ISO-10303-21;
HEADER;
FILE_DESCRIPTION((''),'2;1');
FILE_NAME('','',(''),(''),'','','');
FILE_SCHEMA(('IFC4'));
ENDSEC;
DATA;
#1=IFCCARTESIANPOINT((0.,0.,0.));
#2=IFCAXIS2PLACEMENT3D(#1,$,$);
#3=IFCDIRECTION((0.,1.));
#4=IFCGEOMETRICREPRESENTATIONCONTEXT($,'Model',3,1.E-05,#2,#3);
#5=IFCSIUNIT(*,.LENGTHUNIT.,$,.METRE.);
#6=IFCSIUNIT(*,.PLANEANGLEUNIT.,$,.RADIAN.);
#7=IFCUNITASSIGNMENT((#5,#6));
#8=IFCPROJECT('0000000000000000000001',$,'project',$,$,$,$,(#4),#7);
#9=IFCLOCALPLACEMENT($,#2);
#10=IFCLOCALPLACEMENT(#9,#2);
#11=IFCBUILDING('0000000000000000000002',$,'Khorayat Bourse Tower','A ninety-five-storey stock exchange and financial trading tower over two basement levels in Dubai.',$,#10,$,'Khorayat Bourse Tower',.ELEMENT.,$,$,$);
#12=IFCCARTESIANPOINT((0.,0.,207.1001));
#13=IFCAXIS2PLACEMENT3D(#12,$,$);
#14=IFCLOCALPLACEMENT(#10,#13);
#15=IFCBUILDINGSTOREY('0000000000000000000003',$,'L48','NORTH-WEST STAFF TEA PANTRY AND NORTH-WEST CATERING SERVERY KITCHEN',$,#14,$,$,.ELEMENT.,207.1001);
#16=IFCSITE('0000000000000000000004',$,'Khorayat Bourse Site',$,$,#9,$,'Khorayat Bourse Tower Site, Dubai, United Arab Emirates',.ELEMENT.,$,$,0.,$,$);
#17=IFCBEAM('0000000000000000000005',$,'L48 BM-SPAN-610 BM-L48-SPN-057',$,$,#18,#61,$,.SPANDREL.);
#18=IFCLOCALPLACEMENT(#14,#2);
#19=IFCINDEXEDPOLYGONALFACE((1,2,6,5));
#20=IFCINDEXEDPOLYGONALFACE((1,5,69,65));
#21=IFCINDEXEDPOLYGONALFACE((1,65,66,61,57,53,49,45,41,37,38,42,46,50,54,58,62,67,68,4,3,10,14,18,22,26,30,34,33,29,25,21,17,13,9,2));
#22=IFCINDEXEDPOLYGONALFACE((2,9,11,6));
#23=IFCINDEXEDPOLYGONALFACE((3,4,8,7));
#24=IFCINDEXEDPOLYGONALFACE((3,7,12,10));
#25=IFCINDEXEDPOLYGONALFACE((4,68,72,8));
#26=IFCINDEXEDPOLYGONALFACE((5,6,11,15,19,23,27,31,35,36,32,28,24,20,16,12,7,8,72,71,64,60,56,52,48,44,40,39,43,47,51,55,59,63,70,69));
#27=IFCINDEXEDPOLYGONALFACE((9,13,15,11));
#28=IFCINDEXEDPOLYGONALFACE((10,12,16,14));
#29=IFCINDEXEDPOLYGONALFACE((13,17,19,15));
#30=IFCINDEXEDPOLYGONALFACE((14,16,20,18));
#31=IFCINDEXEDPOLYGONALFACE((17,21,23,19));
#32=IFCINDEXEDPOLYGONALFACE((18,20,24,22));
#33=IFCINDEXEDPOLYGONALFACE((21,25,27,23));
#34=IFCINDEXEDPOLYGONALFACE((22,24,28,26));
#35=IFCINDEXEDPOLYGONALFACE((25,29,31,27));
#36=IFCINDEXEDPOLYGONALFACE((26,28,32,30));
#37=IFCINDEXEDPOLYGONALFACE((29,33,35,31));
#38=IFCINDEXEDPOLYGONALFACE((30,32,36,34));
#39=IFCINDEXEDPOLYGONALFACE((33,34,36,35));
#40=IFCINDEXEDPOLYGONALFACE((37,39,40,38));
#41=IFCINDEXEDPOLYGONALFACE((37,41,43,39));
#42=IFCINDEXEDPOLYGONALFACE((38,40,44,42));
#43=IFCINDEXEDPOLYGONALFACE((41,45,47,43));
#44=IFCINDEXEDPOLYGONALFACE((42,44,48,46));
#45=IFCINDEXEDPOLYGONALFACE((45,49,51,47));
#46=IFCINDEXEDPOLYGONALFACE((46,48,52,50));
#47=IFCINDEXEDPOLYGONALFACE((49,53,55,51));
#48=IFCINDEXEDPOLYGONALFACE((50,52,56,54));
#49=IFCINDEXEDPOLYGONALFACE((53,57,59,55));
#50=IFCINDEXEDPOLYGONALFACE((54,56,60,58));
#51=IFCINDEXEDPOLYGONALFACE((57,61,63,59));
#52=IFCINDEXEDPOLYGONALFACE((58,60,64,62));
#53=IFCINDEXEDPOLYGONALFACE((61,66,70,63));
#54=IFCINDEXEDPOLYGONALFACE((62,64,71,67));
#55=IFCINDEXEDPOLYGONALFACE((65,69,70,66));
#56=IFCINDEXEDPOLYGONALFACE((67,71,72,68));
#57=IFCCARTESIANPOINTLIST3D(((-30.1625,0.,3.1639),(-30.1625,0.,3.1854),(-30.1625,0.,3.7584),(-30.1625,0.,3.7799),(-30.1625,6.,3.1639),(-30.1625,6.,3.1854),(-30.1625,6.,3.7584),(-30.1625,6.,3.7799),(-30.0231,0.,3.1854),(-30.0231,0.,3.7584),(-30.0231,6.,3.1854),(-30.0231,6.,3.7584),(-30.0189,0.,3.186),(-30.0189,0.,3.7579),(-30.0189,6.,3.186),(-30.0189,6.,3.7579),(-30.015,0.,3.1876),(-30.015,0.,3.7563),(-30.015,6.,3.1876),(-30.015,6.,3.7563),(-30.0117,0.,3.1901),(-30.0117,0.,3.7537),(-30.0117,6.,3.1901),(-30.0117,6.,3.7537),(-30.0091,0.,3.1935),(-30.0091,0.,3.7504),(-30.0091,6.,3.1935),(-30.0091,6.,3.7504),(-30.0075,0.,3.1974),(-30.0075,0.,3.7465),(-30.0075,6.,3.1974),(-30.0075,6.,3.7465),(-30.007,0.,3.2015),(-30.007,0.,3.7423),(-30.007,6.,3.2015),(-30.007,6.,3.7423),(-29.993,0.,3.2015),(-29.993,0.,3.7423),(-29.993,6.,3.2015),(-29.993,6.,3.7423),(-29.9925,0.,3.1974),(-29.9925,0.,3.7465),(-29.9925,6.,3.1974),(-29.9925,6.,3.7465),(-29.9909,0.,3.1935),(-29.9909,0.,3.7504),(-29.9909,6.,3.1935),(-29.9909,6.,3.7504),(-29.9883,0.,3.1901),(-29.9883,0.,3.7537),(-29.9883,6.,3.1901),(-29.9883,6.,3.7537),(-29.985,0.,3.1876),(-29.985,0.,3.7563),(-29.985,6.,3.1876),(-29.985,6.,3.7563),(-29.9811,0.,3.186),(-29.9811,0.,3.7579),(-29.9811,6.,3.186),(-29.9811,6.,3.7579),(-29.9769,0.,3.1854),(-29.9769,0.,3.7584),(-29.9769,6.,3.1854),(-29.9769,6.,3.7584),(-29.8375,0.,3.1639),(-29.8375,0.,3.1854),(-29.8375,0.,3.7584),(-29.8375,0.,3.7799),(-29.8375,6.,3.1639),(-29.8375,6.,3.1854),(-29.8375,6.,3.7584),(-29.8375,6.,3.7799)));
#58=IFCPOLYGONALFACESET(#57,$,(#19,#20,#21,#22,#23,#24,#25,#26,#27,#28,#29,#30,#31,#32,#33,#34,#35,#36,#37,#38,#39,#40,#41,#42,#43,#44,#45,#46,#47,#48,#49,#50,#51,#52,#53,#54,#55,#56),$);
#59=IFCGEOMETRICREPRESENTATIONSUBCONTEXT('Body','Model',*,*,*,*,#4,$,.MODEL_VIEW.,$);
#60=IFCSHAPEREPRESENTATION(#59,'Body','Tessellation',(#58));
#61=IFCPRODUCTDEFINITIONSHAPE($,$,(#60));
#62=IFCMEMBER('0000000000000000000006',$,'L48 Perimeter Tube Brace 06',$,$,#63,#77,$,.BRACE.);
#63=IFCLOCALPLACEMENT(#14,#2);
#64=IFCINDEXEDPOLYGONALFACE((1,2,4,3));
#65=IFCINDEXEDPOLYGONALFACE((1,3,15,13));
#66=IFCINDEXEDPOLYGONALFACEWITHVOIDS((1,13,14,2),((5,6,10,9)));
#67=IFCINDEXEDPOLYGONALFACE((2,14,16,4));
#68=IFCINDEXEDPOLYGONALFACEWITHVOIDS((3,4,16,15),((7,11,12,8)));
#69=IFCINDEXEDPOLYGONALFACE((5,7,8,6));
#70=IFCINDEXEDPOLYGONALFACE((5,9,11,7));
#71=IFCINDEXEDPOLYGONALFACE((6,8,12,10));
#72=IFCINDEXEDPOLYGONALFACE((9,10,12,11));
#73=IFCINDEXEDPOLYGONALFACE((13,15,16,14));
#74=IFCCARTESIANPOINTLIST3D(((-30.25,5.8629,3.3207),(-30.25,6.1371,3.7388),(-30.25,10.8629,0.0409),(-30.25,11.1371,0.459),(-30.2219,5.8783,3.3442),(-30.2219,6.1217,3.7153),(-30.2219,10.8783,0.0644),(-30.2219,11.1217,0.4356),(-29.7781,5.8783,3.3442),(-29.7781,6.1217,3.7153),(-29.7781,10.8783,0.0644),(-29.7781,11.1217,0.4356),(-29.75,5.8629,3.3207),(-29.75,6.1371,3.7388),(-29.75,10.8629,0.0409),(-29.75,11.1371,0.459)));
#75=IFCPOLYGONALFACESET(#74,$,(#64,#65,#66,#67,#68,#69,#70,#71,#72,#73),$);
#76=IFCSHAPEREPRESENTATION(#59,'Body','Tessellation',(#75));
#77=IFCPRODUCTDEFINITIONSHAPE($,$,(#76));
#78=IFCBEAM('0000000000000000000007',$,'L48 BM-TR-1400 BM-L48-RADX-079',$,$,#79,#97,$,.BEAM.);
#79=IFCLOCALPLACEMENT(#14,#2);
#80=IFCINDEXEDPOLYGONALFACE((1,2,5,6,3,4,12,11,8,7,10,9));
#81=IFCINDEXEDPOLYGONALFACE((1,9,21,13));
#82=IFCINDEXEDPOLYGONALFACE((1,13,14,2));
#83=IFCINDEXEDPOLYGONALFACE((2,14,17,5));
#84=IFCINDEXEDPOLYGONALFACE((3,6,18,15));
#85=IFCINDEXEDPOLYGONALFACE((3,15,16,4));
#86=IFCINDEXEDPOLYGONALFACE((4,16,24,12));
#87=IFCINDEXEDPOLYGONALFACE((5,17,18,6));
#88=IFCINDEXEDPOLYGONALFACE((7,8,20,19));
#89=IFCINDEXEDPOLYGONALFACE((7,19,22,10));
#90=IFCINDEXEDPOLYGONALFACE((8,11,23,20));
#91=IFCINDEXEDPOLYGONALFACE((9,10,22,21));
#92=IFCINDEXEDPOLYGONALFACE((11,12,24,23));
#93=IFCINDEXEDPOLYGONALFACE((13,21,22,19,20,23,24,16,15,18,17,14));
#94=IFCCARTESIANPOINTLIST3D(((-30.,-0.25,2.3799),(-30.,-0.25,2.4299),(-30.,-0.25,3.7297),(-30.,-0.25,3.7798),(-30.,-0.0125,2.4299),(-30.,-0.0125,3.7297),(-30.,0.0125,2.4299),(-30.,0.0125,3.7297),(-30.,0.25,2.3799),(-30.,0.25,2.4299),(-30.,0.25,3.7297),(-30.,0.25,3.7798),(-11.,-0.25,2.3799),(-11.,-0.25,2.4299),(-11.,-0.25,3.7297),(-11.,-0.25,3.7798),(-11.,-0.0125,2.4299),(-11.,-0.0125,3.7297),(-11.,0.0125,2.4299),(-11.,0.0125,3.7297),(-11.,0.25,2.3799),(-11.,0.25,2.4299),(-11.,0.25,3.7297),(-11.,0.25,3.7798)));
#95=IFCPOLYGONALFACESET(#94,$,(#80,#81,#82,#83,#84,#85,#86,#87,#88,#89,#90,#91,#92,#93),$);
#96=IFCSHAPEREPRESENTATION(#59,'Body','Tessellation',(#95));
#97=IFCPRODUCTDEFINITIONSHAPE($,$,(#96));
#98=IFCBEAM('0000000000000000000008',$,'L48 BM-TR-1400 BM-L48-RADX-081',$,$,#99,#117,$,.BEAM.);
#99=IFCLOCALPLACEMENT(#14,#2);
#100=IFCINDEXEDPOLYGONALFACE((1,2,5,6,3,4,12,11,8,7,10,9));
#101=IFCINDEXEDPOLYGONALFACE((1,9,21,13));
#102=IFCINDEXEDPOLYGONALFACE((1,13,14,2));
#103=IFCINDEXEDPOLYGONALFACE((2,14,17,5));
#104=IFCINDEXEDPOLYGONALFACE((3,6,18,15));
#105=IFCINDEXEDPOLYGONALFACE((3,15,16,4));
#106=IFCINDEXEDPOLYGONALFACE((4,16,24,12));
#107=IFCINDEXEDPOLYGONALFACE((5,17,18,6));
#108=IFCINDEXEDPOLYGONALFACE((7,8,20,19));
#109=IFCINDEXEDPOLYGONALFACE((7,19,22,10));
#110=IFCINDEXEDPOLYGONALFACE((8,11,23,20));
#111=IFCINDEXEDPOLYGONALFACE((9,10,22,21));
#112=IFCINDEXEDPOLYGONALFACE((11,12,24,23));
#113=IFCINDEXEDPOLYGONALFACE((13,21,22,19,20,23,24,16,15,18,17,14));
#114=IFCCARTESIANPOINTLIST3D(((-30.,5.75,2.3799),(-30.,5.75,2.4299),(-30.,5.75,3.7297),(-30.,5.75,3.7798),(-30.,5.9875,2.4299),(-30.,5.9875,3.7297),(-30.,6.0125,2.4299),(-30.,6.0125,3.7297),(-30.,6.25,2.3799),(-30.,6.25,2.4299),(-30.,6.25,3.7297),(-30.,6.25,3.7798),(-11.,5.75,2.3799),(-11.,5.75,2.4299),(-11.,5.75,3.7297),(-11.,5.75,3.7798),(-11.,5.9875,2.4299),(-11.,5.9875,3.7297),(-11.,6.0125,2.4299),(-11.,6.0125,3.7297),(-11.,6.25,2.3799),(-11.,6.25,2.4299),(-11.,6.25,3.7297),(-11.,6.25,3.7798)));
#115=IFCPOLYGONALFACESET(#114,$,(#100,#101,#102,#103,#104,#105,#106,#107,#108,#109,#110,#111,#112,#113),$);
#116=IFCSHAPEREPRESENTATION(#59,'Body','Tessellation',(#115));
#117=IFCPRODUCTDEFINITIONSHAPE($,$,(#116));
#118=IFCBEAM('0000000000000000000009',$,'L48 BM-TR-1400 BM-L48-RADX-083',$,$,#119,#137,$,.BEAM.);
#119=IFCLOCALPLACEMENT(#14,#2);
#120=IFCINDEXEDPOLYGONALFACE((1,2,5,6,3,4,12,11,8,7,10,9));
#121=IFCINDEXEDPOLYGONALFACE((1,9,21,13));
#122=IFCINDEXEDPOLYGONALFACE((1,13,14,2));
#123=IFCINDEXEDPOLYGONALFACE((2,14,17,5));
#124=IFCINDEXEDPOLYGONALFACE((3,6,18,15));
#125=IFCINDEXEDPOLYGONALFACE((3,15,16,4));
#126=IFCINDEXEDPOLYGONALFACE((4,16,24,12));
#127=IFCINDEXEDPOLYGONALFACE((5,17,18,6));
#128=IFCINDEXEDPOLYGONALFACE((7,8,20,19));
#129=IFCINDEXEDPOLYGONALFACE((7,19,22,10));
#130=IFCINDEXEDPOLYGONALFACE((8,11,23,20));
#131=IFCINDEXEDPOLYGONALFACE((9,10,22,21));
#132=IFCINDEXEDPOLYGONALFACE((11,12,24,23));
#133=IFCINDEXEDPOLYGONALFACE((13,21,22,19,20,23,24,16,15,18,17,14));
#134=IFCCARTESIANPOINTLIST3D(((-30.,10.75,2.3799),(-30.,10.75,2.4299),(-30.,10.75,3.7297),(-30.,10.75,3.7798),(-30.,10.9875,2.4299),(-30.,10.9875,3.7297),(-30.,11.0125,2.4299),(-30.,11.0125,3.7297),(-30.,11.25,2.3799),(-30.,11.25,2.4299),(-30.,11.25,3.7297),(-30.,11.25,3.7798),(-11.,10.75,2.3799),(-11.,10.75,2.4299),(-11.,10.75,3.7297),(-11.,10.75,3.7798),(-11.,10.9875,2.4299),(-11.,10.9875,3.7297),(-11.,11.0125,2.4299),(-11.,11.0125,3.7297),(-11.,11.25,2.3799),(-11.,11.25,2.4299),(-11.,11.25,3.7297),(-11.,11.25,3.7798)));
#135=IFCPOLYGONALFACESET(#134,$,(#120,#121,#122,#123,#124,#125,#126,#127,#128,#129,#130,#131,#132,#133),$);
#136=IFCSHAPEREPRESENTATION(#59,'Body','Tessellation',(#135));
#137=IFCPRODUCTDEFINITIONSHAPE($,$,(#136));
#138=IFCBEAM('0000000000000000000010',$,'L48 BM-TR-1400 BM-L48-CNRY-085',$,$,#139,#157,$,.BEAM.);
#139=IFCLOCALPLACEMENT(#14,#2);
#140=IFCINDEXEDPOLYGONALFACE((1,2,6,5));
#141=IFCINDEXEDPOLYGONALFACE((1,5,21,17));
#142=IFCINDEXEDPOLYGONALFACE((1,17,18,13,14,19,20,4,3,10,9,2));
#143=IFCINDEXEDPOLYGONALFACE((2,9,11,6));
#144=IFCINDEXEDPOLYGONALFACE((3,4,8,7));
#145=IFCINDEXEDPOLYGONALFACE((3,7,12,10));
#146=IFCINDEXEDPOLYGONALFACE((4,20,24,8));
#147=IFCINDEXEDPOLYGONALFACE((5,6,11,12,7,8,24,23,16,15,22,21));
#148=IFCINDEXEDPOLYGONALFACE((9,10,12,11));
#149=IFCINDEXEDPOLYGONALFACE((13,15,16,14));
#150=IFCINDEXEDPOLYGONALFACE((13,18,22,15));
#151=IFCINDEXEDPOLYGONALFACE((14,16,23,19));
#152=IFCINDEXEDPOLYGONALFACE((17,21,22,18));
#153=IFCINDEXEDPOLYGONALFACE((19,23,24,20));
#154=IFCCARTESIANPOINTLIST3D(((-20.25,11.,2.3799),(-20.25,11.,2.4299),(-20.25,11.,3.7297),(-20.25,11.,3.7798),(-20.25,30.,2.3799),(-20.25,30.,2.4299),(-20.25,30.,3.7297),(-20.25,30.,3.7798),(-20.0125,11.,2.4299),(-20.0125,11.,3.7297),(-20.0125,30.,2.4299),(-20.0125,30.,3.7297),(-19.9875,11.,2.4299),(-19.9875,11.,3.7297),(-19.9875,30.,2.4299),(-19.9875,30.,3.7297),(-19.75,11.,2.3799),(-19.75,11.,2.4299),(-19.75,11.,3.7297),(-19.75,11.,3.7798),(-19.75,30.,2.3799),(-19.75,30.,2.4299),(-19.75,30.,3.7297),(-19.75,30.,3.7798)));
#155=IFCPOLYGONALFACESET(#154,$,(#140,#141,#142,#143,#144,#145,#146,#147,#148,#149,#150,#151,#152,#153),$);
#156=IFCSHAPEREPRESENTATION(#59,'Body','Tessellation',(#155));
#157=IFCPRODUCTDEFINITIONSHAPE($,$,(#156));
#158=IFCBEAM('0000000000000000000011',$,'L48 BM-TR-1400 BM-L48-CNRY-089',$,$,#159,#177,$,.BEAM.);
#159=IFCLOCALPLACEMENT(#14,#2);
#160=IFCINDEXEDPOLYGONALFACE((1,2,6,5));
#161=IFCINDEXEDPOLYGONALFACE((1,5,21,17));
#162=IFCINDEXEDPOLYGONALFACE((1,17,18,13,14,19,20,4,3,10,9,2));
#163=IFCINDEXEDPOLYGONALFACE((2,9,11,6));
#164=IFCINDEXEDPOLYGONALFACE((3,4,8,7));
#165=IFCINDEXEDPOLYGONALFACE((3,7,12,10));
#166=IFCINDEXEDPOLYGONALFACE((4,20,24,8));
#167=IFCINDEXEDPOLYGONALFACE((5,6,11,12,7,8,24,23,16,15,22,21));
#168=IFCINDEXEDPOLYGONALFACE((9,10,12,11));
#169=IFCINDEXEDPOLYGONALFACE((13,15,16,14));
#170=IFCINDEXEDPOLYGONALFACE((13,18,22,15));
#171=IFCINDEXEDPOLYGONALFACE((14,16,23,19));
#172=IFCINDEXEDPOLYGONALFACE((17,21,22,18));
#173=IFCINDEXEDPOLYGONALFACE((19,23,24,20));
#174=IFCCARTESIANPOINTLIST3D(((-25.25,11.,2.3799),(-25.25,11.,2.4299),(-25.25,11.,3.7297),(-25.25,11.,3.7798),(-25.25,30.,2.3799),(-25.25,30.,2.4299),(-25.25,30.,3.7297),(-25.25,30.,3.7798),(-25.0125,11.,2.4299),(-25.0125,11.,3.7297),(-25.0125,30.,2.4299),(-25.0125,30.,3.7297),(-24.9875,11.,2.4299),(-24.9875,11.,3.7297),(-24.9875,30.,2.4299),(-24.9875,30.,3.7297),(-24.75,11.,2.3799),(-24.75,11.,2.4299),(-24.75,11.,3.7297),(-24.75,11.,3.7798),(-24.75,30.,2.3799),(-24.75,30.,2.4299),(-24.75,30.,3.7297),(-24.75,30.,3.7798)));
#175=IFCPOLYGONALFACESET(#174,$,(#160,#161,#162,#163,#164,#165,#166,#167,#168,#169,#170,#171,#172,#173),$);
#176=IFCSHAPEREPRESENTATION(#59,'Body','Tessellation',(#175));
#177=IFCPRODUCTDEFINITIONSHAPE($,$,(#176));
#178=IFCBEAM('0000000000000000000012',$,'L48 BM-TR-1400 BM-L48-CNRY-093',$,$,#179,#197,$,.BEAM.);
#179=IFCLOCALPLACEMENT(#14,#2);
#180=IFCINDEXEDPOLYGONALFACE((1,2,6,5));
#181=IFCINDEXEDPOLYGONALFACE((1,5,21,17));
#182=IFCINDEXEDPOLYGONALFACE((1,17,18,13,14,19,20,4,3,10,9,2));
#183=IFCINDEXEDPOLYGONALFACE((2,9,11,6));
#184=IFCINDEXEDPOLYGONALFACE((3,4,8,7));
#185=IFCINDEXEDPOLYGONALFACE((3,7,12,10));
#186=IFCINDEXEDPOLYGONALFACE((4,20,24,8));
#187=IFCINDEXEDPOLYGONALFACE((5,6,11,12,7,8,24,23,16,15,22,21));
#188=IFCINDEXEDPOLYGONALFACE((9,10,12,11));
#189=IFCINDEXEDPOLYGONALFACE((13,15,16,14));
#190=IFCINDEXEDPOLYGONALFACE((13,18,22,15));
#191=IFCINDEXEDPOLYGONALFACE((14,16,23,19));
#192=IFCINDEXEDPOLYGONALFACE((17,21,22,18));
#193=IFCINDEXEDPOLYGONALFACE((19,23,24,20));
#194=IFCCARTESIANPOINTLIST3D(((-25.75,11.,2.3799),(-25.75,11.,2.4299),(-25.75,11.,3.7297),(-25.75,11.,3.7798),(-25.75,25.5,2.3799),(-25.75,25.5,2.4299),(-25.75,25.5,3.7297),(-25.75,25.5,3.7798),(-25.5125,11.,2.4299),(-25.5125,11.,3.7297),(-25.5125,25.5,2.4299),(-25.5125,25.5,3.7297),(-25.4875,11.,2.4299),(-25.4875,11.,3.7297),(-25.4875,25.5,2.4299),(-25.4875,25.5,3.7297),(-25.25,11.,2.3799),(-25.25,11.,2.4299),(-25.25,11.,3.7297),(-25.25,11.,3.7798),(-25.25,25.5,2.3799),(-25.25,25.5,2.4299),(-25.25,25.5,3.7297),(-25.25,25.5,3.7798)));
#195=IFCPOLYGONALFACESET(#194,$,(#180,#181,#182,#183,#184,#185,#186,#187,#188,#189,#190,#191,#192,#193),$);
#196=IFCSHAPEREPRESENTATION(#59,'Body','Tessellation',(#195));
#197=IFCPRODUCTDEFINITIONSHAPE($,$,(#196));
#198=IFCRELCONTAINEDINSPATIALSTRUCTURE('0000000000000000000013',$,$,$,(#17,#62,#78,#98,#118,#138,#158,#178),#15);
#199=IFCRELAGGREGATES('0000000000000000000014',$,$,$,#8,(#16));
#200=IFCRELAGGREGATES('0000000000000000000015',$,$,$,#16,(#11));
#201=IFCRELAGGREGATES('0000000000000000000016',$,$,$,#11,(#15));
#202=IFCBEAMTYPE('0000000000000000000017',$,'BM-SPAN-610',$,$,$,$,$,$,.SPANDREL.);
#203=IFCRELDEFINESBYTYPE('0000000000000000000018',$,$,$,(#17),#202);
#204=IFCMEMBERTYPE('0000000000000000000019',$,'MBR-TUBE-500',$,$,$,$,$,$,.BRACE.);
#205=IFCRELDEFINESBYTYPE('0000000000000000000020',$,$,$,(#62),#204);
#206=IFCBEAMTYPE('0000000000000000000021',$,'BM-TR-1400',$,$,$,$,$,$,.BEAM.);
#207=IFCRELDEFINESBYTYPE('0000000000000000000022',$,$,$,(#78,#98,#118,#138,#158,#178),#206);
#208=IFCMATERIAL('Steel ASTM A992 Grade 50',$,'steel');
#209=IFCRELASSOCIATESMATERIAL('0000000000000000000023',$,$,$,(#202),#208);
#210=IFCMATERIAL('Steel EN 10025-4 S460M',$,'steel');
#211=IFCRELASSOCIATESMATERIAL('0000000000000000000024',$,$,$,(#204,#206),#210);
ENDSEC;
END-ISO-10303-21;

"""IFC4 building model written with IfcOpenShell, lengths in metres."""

from ifc_helpers import new_model, si_unit, direction, frame, origin, origin_2d, place, context, subcontext, project, spatial, hollow_rectangle, i_section, extrude, source, transform, mapped, material, material_profile, profile_set, type_object, element, save


model = new_model("IFC4")

# Units and contexts
model_context = context("Model", 3, precision=1e-05, world=origin(), true_north=direction((0.0, 1.0)))
body_context = subcontext(model_context, "Body", "Model", "MODEL_VIEW")
ifc_project = project(units=[si_unit("LENGTHUNIT", "METRE"), si_unit("PLANEANGLEUNIT", "RADIAN")], contexts=[model_context])

# Site, building, storey
site_placement = place(None, origin())
site = spatial("IfcSite", under=ifc_project, at=site_placement, Name="Khorayat Bourse Site", LongName="Khorayat Bourse Tower Site, Dubai, United Arab Emirates", CompositionType="ELEMENT", RefElevation=0.0)
building_placement = place(site_placement, origin())
building = spatial("IfcBuilding", under=site, at=building_placement, Name="Khorayat Bourse Tower", Description="A ninety-five-storey stock exchange and financial trading tower over two basement levels in Dubai.", LongName="Khorayat Bourse Tower", CompositionType="ELEMENT")
storey_placement = place(building_placement, frame((0.0, 0.0, 207.1001)))
storey = spatial("IfcBuildingStorey", under=building, at=storey_placement, Name="L48", Description="NORTH-WEST STAFF TEA PANTRY AND NORTH-WEST CATERING SERVERY KITCHEN", CompositionType="ELEMENT", Elevation=207.1001)

# Shared definitions
ifc_material_1 = material(Name="Steel EN 10025-4 S460M", Category="steel")

# Beam
ifc_material_2 = material(Name="Steel ASTM A992 Grade 50", Category="steel")
ifc_material_profile_1 = material_profile(ifc_material_2, i_section(OverallWidth=0.325, OverallDepth=0.616, WebThickness=0.0139, FlangeThickness=0.0215, FilletRadius=0.0161, at=origin_2d()), Name="W610X174")
ifc_profile_set_1 = profile_set([ifc_material_profile_1], Name="Steel ASTM A992 Grade 50")
beam_type_1 = type_object("IfcBeamType", Name="BM-SPAN-610", PredefinedType="SPANDREL", material=ifc_profile_set_1)
shared_shape_1 = source(origin(), body_context, "Body", "SweptSolid", [
    extrude(i_section(OverallWidth=0.325, OverallDepth=0.616, WebThickness=0.0139, FlangeThickness=0.0215, FilletRadius=0.0161, at=origin_2d()), origin(), (0.0, 0.0, 1.0), 6.0),
])
beam_1_placement = place(storey_placement, frame((-30.0, 0.0, 3.4719), z_axis=(0.0, 1.0, 0.0), x_axis=(-1.0, 0.0, 0.0)))
element("IfcBeam", 1, at=beam_1_placement, inside=storey, type_object=beam_type_1, Name="L48 BM-SPAN-610 BM-L48-SPN-057", PredefinedType="SPANDREL", context=body_context, shape_type="MappedRepresentation", body=[
    mapped(shared_shape_1, transform((0.0, 0.0, 0.0), scale=1.0)),
])

# Member
ifc_material_profile_2 = material_profile(ifc_material_1, hollow_rectangle(XDim=0.5, YDim=0.5, WallThickness=0.0281, at=origin_2d()), Name="HSS 500x500x28")
ifc_profile_set_2 = profile_set([ifc_material_profile_2], Name="Steel EN 10025-4 S460M")
member_type_1 = type_object("IfcMemberType", Name="MBR-TUBE-500", PredefinedType="BRACE", material=ifc_profile_set_2)
shared_shape_2 = source(origin(), body_context, "Body", "SweptSolid", [
    extrude(hollow_rectangle(XDim=0.5, YDim=0.5, WallThickness=0.0281, at=origin_2d()), origin(), (0.0, 0.0, 1.0), 5.9797),
])
member_1_placement = place(storey_placement, frame((-30.0, 6.0, 3.5298), z_axis=(0.0, 0.83616, -0.548485), x_axis=(-1.0, 0.0, 0.0)))
element("IfcMember", 2, at=member_1_placement, inside=storey, type_object=member_type_1, Name="L48 Perimeter Tube Brace 06", PredefinedType="BRACE", context=body_context, shape_type="MappedRepresentation", body=[
    mapped(shared_shape_2, transform((0.0, 0.0, 0.0), scale=1.0)),
])

# Beams
ifc_material_profile_3 = material_profile(ifc_material_1, i_section(OverallWidth=0.5, OverallDepth=1.3999, WebThickness=0.0249, FlangeThickness=0.05, at=origin_2d()), Name="PG 1400x500x25x50")
ifc_profile_set_3 = profile_set([ifc_material_profile_3], Name="Steel EN 10025-4 S460M")
beam_type_2 = type_object("IfcBeamType", Name="BM-TR-1400", PredefinedType="BEAM", material=ifc_profile_set_3)
shared_shape_3 = source(origin(), body_context, "Body", "SweptSolid", [
    extrude(i_section(OverallWidth=0.5, OverallDepth=1.3999, WebThickness=0.0249, FlangeThickness=0.05, at=origin_2d()), origin(), (0.0, 0.0, 1.0), 19.0),
])
for number, where, z_axis, x_axis, name in (
    (3, (-30.0, 0.0, 3.0798), (1.0, 0.0, 0.0), (0.0, 1.0, 0.0), "L48 BM-TR-1400 BM-L48-RADX-079"),
    (4, (-30.0, 6.0, 3.0798), (1.0, 0.0, 0.0), (0.0, 1.0, 0.0), "L48 BM-TR-1400 BM-L48-RADX-081"),
    (5, (-30.0, 11.0, 3.0798), (1.0, 0.0, 0.0), (0.0, 1.0, 0.0), "L48 BM-TR-1400 BM-L48-RADX-083"),
    (6, (-20.0, 11.0, 3.0798), (0.0, 1.0, 0.0), (-1.0, 0.0, 0.0), "L48 BM-TR-1400 BM-L48-CNRY-085"),
    (7, (-25.0, 11.0, 3.0798), (0.0, 1.0, 0.0), (-1.0, 0.0, 0.0), "L48 BM-TR-1400 BM-L48-CNRY-089"),
):
    element("IfcBeam", number, at=place(storey_placement, frame(where, z_axis=z_axis, x_axis=x_axis)), inside=storey, type_object=beam_type_2, Name=name, PredefinedType="BEAM", context=body_context, shape_type="MappedRepresentation", body=[
        mapped(shared_shape_3, transform((0.0, 0.0, 0.0), scale=1.0)),
    ])
shared_shape_4 = source(origin(), body_context, "Body", "SweptSolid", [
    extrude(i_section(OverallWidth=0.5, OverallDepth=1.3999, WebThickness=0.0249, FlangeThickness=0.05, at=origin_2d()), origin(), (0.0, 0.0, 1.0), 14.5),
])
beam_2_placement = place(storey_placement, frame((-25.5, 11.0, 3.0798), z_axis=(0.0, 1.0, 0.0), x_axis=(-1.0, 0.0, 0.0)))
element("IfcBeam", 8, at=beam_2_placement, inside=storey, type_object=beam_type_2, Name="L48 BM-TR-1400 BM-L48-CNRY-093", PredefinedType="BEAM", context=body_context, shape_type="MappedRepresentation", body=[
    mapped(shared_shape_4, transform((0.0, 0.0, 0.0), scale=1.0)),
])

save(model, "model.ifc")
